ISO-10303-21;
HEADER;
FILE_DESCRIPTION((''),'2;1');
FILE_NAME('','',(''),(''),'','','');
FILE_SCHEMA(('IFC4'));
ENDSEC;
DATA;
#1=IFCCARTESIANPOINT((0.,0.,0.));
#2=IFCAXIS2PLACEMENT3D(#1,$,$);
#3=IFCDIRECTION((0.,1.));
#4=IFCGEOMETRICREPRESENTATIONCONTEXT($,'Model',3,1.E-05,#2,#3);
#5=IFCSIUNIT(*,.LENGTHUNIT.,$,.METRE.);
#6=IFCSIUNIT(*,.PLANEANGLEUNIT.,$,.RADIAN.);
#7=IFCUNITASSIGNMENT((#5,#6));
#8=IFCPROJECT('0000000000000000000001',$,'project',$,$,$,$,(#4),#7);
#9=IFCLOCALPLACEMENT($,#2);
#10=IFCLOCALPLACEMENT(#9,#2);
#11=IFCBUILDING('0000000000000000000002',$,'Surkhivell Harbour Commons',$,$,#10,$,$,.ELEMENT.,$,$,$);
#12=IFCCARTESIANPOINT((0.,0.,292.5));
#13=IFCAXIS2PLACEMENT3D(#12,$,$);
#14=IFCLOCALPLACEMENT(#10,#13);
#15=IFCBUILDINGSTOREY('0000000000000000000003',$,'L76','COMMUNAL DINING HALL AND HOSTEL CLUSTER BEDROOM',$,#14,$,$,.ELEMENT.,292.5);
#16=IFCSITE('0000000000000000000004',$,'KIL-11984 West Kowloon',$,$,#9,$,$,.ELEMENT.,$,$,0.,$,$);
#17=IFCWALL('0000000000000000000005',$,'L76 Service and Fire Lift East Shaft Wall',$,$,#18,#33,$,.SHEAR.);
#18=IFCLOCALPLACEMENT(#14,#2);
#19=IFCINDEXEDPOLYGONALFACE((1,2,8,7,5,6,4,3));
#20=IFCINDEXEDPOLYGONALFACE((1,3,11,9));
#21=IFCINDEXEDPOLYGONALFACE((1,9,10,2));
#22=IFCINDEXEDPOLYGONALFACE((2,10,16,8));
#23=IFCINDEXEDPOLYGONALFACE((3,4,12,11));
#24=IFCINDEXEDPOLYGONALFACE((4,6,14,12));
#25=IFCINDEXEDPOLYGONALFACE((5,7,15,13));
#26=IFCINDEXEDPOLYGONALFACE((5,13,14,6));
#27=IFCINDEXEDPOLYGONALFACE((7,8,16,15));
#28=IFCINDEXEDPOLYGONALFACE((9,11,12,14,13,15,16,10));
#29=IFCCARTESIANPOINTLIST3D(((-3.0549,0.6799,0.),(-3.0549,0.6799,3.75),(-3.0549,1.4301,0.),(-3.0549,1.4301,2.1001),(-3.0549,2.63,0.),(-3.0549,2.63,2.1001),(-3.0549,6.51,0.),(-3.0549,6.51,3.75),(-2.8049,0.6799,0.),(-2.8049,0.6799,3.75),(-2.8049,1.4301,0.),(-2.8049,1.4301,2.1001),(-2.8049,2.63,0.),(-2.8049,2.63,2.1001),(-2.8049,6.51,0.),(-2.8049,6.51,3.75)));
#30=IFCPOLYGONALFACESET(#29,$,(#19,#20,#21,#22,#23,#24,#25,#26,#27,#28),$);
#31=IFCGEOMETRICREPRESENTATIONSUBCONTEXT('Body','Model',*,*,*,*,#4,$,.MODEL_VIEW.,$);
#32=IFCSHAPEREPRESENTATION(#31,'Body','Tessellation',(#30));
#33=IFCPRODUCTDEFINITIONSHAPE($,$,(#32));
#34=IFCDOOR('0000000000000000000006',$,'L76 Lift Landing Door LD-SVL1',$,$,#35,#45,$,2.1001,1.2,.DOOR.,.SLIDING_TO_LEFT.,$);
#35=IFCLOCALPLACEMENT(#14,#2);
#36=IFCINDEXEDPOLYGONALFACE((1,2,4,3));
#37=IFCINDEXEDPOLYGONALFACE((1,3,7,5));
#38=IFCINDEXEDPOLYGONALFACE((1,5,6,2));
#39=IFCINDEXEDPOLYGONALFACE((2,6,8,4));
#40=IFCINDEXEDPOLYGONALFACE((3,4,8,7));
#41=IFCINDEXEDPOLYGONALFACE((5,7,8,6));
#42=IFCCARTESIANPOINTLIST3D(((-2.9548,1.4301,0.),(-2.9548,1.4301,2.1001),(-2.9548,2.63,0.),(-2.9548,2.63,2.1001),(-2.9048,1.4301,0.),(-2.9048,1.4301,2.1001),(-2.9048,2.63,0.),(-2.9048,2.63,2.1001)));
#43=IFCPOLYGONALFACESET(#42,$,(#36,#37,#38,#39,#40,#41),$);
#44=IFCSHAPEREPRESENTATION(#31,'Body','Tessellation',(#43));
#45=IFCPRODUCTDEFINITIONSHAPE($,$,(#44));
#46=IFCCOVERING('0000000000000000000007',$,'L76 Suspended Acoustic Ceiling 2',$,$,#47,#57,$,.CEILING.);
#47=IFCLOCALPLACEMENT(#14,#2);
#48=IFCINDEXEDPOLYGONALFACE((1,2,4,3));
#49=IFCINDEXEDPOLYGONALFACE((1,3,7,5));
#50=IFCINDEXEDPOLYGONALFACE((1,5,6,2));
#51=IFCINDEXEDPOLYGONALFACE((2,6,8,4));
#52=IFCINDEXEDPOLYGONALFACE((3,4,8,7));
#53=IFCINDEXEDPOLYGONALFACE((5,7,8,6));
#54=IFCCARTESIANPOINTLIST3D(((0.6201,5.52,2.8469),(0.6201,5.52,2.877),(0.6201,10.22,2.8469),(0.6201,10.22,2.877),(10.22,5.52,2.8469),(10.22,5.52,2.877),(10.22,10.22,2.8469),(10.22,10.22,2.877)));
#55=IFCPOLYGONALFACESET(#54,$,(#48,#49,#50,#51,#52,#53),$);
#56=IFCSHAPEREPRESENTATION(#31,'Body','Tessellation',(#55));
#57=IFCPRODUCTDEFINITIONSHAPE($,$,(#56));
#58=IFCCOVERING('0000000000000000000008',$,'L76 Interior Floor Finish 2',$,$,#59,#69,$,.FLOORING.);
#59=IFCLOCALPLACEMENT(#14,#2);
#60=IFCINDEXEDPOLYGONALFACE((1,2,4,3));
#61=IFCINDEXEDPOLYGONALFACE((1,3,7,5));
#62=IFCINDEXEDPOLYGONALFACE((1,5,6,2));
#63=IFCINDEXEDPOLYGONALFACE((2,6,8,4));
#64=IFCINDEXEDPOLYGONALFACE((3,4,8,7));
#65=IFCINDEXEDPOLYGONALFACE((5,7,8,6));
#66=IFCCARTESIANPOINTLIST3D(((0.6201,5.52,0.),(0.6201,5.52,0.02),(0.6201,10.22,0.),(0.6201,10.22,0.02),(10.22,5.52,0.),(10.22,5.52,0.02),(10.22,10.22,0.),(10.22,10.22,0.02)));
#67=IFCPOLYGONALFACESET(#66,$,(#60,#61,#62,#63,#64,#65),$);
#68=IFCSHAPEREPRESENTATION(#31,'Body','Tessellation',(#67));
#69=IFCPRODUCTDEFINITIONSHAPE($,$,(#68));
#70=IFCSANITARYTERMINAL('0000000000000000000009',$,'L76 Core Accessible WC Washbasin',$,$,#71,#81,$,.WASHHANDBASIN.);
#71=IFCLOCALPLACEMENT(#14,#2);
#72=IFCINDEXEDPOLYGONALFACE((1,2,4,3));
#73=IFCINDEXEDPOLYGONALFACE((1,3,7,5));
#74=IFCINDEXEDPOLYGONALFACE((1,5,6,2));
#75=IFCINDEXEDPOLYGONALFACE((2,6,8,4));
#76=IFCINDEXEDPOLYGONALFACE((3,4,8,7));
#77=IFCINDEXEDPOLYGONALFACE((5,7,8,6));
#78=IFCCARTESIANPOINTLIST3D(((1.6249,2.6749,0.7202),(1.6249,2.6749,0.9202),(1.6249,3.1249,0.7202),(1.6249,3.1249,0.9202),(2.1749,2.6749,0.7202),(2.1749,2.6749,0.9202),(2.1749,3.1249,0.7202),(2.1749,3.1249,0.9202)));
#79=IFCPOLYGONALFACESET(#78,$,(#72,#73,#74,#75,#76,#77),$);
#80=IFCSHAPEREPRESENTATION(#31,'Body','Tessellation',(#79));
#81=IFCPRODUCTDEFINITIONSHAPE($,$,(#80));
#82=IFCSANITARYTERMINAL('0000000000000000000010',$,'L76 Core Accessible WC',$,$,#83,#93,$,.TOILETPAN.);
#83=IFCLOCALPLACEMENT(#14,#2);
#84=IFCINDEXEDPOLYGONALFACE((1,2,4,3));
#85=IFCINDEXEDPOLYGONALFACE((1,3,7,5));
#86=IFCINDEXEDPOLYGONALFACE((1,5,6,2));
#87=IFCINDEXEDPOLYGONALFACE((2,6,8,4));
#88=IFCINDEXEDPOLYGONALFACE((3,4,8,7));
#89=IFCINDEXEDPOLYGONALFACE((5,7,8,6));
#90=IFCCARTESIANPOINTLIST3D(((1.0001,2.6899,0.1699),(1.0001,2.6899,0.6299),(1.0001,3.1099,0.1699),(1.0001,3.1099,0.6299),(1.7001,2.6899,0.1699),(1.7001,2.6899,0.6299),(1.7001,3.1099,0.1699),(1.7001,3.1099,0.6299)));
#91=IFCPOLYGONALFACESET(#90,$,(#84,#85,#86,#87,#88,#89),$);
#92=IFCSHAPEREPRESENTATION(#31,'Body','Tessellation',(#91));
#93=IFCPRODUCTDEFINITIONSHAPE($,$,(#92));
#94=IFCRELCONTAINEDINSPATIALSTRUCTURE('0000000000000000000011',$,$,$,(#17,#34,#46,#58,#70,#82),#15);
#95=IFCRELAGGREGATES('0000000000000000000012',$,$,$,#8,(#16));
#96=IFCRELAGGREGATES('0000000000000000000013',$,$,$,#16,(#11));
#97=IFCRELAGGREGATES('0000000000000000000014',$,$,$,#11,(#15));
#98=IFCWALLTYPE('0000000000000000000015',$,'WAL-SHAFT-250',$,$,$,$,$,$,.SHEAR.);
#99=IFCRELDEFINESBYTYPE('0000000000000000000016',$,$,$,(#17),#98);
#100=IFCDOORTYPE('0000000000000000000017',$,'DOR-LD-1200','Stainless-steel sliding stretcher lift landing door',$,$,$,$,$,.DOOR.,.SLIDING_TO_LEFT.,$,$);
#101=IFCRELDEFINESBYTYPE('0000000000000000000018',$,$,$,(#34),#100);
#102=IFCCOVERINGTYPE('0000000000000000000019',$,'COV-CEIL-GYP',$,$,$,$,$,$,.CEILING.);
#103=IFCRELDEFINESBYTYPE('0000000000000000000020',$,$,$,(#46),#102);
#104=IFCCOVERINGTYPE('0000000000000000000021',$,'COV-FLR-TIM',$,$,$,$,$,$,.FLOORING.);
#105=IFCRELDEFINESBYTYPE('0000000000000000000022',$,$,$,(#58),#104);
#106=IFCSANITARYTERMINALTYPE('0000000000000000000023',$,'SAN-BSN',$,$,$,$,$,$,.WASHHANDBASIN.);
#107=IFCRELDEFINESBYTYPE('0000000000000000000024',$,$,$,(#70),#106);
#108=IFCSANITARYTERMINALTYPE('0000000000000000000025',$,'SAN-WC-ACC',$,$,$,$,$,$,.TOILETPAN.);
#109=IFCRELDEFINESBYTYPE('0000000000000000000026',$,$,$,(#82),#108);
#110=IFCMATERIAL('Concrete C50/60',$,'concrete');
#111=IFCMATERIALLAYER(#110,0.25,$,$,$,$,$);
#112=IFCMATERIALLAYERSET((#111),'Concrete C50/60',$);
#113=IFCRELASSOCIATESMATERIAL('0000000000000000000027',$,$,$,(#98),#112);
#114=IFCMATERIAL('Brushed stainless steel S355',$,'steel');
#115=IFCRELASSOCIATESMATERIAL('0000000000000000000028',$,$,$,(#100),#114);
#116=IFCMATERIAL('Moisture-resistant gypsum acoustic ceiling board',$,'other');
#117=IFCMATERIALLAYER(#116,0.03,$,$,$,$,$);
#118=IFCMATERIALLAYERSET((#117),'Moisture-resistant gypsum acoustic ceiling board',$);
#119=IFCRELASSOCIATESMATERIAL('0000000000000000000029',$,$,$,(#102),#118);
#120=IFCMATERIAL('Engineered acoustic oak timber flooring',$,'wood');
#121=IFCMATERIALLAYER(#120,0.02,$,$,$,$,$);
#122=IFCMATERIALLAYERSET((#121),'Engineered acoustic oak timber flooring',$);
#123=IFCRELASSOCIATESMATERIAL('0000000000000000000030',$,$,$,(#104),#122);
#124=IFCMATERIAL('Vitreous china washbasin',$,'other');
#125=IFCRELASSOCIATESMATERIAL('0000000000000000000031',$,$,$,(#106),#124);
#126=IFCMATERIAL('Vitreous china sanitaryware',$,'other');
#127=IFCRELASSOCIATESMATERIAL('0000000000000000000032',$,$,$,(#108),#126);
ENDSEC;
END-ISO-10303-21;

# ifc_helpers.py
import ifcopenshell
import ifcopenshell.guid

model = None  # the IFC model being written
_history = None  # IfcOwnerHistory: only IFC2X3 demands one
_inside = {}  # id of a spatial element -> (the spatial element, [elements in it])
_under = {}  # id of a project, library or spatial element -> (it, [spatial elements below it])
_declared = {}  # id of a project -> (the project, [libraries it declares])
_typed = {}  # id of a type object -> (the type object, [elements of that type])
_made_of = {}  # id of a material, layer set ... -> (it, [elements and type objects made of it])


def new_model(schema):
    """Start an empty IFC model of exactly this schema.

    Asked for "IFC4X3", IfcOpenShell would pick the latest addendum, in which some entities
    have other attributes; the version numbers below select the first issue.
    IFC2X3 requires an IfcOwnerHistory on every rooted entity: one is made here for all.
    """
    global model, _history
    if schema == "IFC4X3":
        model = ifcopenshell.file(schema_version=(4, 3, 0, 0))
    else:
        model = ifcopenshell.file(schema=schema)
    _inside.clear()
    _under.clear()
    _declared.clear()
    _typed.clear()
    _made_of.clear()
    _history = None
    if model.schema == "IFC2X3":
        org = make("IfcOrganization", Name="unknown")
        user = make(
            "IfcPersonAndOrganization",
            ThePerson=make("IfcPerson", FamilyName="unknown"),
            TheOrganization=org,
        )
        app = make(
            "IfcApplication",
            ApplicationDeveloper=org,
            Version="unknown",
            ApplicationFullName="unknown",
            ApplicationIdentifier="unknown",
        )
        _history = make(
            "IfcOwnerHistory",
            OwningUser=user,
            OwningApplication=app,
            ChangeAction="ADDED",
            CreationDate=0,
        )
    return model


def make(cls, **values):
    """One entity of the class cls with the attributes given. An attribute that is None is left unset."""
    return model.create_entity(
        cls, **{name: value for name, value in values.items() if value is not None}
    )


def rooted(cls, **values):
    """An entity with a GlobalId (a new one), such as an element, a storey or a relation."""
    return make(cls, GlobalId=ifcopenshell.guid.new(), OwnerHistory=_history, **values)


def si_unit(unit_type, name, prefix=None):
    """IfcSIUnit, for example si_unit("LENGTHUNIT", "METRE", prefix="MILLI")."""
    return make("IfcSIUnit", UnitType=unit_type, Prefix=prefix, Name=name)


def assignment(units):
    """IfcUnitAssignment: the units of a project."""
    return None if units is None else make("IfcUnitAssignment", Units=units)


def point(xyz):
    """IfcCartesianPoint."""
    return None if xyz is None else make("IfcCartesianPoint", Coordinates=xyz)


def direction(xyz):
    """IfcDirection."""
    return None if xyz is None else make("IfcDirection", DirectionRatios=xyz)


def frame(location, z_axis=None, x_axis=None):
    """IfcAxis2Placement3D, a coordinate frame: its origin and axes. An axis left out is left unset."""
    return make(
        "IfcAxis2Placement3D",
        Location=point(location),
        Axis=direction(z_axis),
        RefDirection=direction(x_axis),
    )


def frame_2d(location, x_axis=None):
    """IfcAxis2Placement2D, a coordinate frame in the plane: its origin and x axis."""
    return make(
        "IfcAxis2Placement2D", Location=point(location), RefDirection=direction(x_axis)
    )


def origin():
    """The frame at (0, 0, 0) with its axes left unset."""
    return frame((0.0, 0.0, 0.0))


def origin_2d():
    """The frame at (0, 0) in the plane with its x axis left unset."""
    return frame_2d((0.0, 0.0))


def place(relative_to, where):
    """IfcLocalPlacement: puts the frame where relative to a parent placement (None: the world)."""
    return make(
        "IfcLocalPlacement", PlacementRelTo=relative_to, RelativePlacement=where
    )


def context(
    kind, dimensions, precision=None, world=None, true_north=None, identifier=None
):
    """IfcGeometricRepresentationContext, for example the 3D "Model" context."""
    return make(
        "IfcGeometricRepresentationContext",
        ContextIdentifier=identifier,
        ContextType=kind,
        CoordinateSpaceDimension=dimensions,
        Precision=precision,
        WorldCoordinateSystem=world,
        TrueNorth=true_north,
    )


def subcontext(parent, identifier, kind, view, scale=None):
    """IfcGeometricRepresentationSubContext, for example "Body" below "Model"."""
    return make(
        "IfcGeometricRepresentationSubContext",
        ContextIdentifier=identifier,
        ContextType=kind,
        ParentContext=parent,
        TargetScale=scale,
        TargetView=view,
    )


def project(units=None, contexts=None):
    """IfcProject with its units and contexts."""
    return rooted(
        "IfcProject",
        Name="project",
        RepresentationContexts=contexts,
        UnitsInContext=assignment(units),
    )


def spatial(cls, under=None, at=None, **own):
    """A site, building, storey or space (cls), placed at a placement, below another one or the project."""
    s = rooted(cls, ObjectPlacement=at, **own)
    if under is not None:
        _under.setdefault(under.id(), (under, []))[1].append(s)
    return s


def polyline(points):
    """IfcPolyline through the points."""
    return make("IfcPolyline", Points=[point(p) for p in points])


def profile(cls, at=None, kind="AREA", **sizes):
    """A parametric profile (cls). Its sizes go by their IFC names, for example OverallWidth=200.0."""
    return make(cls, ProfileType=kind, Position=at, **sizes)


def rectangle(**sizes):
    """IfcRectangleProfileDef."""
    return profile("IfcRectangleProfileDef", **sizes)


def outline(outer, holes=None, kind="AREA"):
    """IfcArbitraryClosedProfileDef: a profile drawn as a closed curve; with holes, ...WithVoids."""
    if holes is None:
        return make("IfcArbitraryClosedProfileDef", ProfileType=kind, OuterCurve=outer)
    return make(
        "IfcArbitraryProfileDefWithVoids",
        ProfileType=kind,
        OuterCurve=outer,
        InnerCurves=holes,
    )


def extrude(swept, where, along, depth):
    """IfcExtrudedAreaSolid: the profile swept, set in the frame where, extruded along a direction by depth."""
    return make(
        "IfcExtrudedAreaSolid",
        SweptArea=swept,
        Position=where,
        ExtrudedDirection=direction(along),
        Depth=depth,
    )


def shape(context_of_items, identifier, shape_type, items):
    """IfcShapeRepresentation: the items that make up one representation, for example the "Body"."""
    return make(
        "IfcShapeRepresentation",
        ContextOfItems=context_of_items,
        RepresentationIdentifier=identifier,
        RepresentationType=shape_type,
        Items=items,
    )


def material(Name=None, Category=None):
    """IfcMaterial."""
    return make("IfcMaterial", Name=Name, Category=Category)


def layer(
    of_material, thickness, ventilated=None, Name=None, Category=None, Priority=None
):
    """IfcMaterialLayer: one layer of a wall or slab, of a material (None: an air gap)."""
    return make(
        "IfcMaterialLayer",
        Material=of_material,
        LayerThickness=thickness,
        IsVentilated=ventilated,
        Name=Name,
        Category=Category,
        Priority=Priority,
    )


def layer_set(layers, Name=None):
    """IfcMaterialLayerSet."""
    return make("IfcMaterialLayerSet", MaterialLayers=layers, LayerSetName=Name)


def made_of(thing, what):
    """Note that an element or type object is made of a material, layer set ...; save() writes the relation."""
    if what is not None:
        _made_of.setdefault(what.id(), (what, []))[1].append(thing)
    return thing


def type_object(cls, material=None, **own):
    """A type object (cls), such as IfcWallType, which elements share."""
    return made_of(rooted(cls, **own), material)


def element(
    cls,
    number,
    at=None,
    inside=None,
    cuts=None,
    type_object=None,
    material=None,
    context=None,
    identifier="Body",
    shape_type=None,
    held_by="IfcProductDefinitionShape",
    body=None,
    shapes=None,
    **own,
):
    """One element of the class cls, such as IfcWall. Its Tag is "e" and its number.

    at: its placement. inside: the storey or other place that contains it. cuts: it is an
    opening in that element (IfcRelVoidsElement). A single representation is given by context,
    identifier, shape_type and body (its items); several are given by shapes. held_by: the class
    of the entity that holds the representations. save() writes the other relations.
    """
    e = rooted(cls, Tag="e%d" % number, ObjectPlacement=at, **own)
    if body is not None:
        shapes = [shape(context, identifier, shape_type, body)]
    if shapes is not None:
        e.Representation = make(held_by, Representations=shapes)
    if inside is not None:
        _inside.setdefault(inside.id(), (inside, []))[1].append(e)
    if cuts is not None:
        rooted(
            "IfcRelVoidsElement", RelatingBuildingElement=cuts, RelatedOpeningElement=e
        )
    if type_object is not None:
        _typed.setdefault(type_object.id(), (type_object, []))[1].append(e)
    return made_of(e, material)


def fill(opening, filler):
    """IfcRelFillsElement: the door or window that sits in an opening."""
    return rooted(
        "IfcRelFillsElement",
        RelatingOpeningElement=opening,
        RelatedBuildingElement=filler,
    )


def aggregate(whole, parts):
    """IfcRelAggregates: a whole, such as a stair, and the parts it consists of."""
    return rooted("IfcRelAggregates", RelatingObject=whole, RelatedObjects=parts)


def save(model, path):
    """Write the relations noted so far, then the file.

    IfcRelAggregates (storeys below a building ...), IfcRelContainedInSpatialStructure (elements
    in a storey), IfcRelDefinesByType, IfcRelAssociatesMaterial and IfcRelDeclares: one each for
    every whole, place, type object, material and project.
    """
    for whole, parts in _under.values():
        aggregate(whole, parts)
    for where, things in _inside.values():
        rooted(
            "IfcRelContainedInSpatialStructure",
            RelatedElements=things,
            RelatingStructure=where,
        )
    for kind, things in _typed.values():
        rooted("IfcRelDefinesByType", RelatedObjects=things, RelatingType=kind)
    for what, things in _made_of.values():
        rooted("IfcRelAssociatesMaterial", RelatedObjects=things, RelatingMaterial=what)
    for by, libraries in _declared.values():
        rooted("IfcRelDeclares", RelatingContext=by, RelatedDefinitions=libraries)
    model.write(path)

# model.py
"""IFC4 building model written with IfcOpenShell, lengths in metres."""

from ifc_helpers import new_model, si_unit, direction, frame, frame_2d, origin, origin_2d, place, context, subcontext, project, spatial, polyline, rectangle, outline, extrude, material, layer, layer_set, type_object, element, fill, save


model = new_model("IFC4")

# Units and contexts
model_context = context("Model", 3, precision=1e-05, world=origin(), true_north=direction((0.0, 1.0)))
body_context = subcontext(model_context, "Body", "Model", "MODEL_VIEW")
ifc_project = project(units=[si_unit("LENGTHUNIT", "METRE"), si_unit("PLANEANGLEUNIT", "RADIAN")], contexts=[model_context])

# Site, building, storey
site_placement = place(None, origin())
site = spatial("IfcSite", under=ifc_project, at=site_placement, Name="KIL-11984 West Kowloon", CompositionType="ELEMENT", RefElevation=0.0)
building_placement = place(site_placement, origin())
building = spatial("IfcBuilding", under=site, at=building_placement, Name="Surkhivell Harbour Commons", CompositionType="ELEMENT")
storey_placement = place(building_placement, frame((0.0, 0.0, 292.5)))
storey = spatial("IfcBuildingStorey", under=building, at=storey_placement, Name="L76", Description="COMMUNAL DINING HALL AND HOSTEL CLUSTER BEDROOM", CompositionType="ELEMENT", Elevation=292.5)

# Shared definitions
ifc_material_1 = material(Name="Concrete C50/60", Category="concrete")

# Shared definitions
ifc_layer_1 = layer(ifc_material_1, 0.25)
ifc_layer_set_1 = layer_set([ifc_layer_1], Name="Concrete C50/60")
wall_type_1 = type_object("IfcWallType", Name="WAL-SHAFT-250", PredefinedType="SHEAR", material=ifc_layer_set_1)

# Wall, opening, door
wall_1_placement = place(storey_placement, frame((-2.9299, 0.6799, 0.0), z_axis=(0.0, 0.0, 1.0), x_axis=(0.0, 1.0, 0.0)))
wall_1 = element("IfcWall", 1, at=wall_1_placement, inside=storey, type_object=wall_type_1, Name="L76 Service and Fire Lift East Shaft Wall", PredefinedType="SHEAR", context=body_context, shape_type="SweptSolid", body=[
    extrude(rectangle(XDim=5.8301, YDim=0.25, at=frame_2d((2.915, 0.0))), origin(), (0.0, 0.0, 1.0), 3.75),
])
opening_1_placement = place(wall_1_placement, frame((0.75, 0.0, 0.0)))
opening_1 = element("IfcOpeningElement", 2, at=opening_1_placement, cuts=wall_1, PredefinedType="OPENING", context=body_context, shape_type="SweptSolid", body=[
    extrude(rectangle(XDim=1.2, YDim=2.1001, at=frame_2d((0.6001, 1.05))), frame((0.0, 0.135, 0.0), z_axis=(0.0, -1.0, 0.0), x_axis=(1.0, 0.0, 0.0)), (0.0, 0.0, 1.0), 0.27),
])
ifc_material_2 = material(Name="Brushed stainless steel S355", Category="steel")
door_type_1 = type_object("IfcDoorType", Name="DOR-LD-1200", Description="Stainless-steel sliding stretcher lift landing door", OperationType="SLIDING_TO_LEFT", PredefinedType="DOOR", material=ifc_material_2)
door_1_placement = place(opening_1_placement, origin())
door_1 = element("IfcDoor", 3, at=door_1_placement, inside=storey, type_object=door_type_1, Name="L76 Lift Landing Door LD-SVL1", OperationType="SLIDING_TO_LEFT", OverallHeight=2.1001, OverallWidth=1.2, PredefinedType="DOOR", context=body_context, shape_type="SweptSolid", body=[
    extrude(rectangle(XDim=1.2, YDim=2.1001, at=frame_2d((0.6001, 1.05))), frame((0.0, 0.0249, 0.0), z_axis=(0.0, -1.0, 0.0), x_axis=(1.0, 0.0, 0.0)), (0.0, 0.0, 1.0), 0.05),
])
fill(opening_1, door_1)

# Coverings
ifc_material_3 = material(Name="Moisture-resistant gypsum acoustic ceiling board", Category="other")
ifc_layer_2 = layer(ifc_material_3, 0.03)
ifc_layer_set_2 = layer_set([ifc_layer_2], Name="Moisture-resistant gypsum acoustic ceiling board")
covering_type_1 = type_object("IfcCoveringType", Name="COV-CEIL-GYP", PredefinedType="CEILING", material=ifc_layer_set_2)
covering_1_placement = place(storey_placement, frame((0.0, 0.0, 2.8469)))
element("IfcCovering", 4, at=covering_1_placement, inside=storey, type_object=covering_type_1, Name="L76 Suspended Acoustic Ceiling 2", PredefinedType="CEILING", context=body_context, shape_type="SweptSolid", body=[
    extrude(outline(polyline([(0.6201, 5.52), (10.22, 5.52), (10.22, 10.22), (0.6201, 10.22), (0.6201, 5.52)])), origin(), (0.0, 0.0, 1.0), 0.03),
])
ifc_material_4 = material(Name="Engineered acoustic oak timber flooring", Category="wood")
ifc_layer_3 = layer(ifc_material_4, 0.02)
ifc_layer_set_3 = layer_set([ifc_layer_3], Name="Engineered acoustic oak timber flooring")
covering_type_2 = type_object("IfcCoveringType", Name="COV-FLR-TIM", PredefinedType="FLOORING", material=ifc_layer_set_3)
covering_2_placement = place(storey_placement, origin())
element("IfcCovering", 5, at=covering_2_placement, inside=storey, type_object=covering_type_2, Name="L76 Interior Floor Finish 2", PredefinedType="FLOORING", context=body_context, shape_type="SweptSolid", body=[
    extrude(outline(polyline([(0.6201, 5.52), (10.22, 5.52), (10.22, 10.22), (0.6201, 10.22), (0.6201, 5.52)])), origin(), (0.0, 0.0, 1.0), 0.02),
])

# Sanitary terminals
ifc_material_5 = material(Name="Vitreous china washbasin", Category="other")
sanitary_terminal_type_1 = type_object("IfcSanitaryTerminalType", Name="SAN-BSN", PredefinedType="WASHHANDBASIN", material=ifc_material_5)
sanitary_terminal_1_placement = place(storey_placement, frame((1.8999, 2.8999, 0.7202), z_axis=(0.0, 0.0, 1.0), x_axis=(1.0, 0.0, 0.0)))
element("IfcSanitaryTerminal", 6, at=sanitary_terminal_1_placement, inside=storey, type_object=sanitary_terminal_type_1, Name="L76 Core Accessible WC Washbasin", PredefinedType="WASHHANDBASIN", context=body_context, shape_type="SweptSolid", body=[
    extrude(rectangle(XDim=0.55, YDim=0.45, at=origin_2d()), origin(), (0.0, 0.0, 1.0), 0.2),
])
ifc_material_6 = material(Name="Vitreous china sanitaryware", Category="other")
sanitary_terminal_type_2 = type_object("IfcSanitaryTerminalType", Name="SAN-WC-ACC", PredefinedType="TOILETPAN", material=ifc_material_6)
sanitary_terminal_2_placement = place(storey_placement, frame((1.3501, 2.8999, 0.1699), z_axis=(0.0, 0.0, 1.0), x_axis=(1.0, 0.0, 0.0)))
element("IfcSanitaryTerminal", 7, at=sanitary_terminal_2_placement, inside=storey, type_object=sanitary_terminal_type_2, Name="L76 Core Accessible WC", PredefinedType="TOILETPAN", context=body_context, shape_type="SweptSolid", body=[
    extrude(rectangle(XDim=0.7, YDim=0.4199, at=origin_2d()), origin(), (0.0, 0.0, 1.0), 0.46),
])

save(model, "model.ifc")
